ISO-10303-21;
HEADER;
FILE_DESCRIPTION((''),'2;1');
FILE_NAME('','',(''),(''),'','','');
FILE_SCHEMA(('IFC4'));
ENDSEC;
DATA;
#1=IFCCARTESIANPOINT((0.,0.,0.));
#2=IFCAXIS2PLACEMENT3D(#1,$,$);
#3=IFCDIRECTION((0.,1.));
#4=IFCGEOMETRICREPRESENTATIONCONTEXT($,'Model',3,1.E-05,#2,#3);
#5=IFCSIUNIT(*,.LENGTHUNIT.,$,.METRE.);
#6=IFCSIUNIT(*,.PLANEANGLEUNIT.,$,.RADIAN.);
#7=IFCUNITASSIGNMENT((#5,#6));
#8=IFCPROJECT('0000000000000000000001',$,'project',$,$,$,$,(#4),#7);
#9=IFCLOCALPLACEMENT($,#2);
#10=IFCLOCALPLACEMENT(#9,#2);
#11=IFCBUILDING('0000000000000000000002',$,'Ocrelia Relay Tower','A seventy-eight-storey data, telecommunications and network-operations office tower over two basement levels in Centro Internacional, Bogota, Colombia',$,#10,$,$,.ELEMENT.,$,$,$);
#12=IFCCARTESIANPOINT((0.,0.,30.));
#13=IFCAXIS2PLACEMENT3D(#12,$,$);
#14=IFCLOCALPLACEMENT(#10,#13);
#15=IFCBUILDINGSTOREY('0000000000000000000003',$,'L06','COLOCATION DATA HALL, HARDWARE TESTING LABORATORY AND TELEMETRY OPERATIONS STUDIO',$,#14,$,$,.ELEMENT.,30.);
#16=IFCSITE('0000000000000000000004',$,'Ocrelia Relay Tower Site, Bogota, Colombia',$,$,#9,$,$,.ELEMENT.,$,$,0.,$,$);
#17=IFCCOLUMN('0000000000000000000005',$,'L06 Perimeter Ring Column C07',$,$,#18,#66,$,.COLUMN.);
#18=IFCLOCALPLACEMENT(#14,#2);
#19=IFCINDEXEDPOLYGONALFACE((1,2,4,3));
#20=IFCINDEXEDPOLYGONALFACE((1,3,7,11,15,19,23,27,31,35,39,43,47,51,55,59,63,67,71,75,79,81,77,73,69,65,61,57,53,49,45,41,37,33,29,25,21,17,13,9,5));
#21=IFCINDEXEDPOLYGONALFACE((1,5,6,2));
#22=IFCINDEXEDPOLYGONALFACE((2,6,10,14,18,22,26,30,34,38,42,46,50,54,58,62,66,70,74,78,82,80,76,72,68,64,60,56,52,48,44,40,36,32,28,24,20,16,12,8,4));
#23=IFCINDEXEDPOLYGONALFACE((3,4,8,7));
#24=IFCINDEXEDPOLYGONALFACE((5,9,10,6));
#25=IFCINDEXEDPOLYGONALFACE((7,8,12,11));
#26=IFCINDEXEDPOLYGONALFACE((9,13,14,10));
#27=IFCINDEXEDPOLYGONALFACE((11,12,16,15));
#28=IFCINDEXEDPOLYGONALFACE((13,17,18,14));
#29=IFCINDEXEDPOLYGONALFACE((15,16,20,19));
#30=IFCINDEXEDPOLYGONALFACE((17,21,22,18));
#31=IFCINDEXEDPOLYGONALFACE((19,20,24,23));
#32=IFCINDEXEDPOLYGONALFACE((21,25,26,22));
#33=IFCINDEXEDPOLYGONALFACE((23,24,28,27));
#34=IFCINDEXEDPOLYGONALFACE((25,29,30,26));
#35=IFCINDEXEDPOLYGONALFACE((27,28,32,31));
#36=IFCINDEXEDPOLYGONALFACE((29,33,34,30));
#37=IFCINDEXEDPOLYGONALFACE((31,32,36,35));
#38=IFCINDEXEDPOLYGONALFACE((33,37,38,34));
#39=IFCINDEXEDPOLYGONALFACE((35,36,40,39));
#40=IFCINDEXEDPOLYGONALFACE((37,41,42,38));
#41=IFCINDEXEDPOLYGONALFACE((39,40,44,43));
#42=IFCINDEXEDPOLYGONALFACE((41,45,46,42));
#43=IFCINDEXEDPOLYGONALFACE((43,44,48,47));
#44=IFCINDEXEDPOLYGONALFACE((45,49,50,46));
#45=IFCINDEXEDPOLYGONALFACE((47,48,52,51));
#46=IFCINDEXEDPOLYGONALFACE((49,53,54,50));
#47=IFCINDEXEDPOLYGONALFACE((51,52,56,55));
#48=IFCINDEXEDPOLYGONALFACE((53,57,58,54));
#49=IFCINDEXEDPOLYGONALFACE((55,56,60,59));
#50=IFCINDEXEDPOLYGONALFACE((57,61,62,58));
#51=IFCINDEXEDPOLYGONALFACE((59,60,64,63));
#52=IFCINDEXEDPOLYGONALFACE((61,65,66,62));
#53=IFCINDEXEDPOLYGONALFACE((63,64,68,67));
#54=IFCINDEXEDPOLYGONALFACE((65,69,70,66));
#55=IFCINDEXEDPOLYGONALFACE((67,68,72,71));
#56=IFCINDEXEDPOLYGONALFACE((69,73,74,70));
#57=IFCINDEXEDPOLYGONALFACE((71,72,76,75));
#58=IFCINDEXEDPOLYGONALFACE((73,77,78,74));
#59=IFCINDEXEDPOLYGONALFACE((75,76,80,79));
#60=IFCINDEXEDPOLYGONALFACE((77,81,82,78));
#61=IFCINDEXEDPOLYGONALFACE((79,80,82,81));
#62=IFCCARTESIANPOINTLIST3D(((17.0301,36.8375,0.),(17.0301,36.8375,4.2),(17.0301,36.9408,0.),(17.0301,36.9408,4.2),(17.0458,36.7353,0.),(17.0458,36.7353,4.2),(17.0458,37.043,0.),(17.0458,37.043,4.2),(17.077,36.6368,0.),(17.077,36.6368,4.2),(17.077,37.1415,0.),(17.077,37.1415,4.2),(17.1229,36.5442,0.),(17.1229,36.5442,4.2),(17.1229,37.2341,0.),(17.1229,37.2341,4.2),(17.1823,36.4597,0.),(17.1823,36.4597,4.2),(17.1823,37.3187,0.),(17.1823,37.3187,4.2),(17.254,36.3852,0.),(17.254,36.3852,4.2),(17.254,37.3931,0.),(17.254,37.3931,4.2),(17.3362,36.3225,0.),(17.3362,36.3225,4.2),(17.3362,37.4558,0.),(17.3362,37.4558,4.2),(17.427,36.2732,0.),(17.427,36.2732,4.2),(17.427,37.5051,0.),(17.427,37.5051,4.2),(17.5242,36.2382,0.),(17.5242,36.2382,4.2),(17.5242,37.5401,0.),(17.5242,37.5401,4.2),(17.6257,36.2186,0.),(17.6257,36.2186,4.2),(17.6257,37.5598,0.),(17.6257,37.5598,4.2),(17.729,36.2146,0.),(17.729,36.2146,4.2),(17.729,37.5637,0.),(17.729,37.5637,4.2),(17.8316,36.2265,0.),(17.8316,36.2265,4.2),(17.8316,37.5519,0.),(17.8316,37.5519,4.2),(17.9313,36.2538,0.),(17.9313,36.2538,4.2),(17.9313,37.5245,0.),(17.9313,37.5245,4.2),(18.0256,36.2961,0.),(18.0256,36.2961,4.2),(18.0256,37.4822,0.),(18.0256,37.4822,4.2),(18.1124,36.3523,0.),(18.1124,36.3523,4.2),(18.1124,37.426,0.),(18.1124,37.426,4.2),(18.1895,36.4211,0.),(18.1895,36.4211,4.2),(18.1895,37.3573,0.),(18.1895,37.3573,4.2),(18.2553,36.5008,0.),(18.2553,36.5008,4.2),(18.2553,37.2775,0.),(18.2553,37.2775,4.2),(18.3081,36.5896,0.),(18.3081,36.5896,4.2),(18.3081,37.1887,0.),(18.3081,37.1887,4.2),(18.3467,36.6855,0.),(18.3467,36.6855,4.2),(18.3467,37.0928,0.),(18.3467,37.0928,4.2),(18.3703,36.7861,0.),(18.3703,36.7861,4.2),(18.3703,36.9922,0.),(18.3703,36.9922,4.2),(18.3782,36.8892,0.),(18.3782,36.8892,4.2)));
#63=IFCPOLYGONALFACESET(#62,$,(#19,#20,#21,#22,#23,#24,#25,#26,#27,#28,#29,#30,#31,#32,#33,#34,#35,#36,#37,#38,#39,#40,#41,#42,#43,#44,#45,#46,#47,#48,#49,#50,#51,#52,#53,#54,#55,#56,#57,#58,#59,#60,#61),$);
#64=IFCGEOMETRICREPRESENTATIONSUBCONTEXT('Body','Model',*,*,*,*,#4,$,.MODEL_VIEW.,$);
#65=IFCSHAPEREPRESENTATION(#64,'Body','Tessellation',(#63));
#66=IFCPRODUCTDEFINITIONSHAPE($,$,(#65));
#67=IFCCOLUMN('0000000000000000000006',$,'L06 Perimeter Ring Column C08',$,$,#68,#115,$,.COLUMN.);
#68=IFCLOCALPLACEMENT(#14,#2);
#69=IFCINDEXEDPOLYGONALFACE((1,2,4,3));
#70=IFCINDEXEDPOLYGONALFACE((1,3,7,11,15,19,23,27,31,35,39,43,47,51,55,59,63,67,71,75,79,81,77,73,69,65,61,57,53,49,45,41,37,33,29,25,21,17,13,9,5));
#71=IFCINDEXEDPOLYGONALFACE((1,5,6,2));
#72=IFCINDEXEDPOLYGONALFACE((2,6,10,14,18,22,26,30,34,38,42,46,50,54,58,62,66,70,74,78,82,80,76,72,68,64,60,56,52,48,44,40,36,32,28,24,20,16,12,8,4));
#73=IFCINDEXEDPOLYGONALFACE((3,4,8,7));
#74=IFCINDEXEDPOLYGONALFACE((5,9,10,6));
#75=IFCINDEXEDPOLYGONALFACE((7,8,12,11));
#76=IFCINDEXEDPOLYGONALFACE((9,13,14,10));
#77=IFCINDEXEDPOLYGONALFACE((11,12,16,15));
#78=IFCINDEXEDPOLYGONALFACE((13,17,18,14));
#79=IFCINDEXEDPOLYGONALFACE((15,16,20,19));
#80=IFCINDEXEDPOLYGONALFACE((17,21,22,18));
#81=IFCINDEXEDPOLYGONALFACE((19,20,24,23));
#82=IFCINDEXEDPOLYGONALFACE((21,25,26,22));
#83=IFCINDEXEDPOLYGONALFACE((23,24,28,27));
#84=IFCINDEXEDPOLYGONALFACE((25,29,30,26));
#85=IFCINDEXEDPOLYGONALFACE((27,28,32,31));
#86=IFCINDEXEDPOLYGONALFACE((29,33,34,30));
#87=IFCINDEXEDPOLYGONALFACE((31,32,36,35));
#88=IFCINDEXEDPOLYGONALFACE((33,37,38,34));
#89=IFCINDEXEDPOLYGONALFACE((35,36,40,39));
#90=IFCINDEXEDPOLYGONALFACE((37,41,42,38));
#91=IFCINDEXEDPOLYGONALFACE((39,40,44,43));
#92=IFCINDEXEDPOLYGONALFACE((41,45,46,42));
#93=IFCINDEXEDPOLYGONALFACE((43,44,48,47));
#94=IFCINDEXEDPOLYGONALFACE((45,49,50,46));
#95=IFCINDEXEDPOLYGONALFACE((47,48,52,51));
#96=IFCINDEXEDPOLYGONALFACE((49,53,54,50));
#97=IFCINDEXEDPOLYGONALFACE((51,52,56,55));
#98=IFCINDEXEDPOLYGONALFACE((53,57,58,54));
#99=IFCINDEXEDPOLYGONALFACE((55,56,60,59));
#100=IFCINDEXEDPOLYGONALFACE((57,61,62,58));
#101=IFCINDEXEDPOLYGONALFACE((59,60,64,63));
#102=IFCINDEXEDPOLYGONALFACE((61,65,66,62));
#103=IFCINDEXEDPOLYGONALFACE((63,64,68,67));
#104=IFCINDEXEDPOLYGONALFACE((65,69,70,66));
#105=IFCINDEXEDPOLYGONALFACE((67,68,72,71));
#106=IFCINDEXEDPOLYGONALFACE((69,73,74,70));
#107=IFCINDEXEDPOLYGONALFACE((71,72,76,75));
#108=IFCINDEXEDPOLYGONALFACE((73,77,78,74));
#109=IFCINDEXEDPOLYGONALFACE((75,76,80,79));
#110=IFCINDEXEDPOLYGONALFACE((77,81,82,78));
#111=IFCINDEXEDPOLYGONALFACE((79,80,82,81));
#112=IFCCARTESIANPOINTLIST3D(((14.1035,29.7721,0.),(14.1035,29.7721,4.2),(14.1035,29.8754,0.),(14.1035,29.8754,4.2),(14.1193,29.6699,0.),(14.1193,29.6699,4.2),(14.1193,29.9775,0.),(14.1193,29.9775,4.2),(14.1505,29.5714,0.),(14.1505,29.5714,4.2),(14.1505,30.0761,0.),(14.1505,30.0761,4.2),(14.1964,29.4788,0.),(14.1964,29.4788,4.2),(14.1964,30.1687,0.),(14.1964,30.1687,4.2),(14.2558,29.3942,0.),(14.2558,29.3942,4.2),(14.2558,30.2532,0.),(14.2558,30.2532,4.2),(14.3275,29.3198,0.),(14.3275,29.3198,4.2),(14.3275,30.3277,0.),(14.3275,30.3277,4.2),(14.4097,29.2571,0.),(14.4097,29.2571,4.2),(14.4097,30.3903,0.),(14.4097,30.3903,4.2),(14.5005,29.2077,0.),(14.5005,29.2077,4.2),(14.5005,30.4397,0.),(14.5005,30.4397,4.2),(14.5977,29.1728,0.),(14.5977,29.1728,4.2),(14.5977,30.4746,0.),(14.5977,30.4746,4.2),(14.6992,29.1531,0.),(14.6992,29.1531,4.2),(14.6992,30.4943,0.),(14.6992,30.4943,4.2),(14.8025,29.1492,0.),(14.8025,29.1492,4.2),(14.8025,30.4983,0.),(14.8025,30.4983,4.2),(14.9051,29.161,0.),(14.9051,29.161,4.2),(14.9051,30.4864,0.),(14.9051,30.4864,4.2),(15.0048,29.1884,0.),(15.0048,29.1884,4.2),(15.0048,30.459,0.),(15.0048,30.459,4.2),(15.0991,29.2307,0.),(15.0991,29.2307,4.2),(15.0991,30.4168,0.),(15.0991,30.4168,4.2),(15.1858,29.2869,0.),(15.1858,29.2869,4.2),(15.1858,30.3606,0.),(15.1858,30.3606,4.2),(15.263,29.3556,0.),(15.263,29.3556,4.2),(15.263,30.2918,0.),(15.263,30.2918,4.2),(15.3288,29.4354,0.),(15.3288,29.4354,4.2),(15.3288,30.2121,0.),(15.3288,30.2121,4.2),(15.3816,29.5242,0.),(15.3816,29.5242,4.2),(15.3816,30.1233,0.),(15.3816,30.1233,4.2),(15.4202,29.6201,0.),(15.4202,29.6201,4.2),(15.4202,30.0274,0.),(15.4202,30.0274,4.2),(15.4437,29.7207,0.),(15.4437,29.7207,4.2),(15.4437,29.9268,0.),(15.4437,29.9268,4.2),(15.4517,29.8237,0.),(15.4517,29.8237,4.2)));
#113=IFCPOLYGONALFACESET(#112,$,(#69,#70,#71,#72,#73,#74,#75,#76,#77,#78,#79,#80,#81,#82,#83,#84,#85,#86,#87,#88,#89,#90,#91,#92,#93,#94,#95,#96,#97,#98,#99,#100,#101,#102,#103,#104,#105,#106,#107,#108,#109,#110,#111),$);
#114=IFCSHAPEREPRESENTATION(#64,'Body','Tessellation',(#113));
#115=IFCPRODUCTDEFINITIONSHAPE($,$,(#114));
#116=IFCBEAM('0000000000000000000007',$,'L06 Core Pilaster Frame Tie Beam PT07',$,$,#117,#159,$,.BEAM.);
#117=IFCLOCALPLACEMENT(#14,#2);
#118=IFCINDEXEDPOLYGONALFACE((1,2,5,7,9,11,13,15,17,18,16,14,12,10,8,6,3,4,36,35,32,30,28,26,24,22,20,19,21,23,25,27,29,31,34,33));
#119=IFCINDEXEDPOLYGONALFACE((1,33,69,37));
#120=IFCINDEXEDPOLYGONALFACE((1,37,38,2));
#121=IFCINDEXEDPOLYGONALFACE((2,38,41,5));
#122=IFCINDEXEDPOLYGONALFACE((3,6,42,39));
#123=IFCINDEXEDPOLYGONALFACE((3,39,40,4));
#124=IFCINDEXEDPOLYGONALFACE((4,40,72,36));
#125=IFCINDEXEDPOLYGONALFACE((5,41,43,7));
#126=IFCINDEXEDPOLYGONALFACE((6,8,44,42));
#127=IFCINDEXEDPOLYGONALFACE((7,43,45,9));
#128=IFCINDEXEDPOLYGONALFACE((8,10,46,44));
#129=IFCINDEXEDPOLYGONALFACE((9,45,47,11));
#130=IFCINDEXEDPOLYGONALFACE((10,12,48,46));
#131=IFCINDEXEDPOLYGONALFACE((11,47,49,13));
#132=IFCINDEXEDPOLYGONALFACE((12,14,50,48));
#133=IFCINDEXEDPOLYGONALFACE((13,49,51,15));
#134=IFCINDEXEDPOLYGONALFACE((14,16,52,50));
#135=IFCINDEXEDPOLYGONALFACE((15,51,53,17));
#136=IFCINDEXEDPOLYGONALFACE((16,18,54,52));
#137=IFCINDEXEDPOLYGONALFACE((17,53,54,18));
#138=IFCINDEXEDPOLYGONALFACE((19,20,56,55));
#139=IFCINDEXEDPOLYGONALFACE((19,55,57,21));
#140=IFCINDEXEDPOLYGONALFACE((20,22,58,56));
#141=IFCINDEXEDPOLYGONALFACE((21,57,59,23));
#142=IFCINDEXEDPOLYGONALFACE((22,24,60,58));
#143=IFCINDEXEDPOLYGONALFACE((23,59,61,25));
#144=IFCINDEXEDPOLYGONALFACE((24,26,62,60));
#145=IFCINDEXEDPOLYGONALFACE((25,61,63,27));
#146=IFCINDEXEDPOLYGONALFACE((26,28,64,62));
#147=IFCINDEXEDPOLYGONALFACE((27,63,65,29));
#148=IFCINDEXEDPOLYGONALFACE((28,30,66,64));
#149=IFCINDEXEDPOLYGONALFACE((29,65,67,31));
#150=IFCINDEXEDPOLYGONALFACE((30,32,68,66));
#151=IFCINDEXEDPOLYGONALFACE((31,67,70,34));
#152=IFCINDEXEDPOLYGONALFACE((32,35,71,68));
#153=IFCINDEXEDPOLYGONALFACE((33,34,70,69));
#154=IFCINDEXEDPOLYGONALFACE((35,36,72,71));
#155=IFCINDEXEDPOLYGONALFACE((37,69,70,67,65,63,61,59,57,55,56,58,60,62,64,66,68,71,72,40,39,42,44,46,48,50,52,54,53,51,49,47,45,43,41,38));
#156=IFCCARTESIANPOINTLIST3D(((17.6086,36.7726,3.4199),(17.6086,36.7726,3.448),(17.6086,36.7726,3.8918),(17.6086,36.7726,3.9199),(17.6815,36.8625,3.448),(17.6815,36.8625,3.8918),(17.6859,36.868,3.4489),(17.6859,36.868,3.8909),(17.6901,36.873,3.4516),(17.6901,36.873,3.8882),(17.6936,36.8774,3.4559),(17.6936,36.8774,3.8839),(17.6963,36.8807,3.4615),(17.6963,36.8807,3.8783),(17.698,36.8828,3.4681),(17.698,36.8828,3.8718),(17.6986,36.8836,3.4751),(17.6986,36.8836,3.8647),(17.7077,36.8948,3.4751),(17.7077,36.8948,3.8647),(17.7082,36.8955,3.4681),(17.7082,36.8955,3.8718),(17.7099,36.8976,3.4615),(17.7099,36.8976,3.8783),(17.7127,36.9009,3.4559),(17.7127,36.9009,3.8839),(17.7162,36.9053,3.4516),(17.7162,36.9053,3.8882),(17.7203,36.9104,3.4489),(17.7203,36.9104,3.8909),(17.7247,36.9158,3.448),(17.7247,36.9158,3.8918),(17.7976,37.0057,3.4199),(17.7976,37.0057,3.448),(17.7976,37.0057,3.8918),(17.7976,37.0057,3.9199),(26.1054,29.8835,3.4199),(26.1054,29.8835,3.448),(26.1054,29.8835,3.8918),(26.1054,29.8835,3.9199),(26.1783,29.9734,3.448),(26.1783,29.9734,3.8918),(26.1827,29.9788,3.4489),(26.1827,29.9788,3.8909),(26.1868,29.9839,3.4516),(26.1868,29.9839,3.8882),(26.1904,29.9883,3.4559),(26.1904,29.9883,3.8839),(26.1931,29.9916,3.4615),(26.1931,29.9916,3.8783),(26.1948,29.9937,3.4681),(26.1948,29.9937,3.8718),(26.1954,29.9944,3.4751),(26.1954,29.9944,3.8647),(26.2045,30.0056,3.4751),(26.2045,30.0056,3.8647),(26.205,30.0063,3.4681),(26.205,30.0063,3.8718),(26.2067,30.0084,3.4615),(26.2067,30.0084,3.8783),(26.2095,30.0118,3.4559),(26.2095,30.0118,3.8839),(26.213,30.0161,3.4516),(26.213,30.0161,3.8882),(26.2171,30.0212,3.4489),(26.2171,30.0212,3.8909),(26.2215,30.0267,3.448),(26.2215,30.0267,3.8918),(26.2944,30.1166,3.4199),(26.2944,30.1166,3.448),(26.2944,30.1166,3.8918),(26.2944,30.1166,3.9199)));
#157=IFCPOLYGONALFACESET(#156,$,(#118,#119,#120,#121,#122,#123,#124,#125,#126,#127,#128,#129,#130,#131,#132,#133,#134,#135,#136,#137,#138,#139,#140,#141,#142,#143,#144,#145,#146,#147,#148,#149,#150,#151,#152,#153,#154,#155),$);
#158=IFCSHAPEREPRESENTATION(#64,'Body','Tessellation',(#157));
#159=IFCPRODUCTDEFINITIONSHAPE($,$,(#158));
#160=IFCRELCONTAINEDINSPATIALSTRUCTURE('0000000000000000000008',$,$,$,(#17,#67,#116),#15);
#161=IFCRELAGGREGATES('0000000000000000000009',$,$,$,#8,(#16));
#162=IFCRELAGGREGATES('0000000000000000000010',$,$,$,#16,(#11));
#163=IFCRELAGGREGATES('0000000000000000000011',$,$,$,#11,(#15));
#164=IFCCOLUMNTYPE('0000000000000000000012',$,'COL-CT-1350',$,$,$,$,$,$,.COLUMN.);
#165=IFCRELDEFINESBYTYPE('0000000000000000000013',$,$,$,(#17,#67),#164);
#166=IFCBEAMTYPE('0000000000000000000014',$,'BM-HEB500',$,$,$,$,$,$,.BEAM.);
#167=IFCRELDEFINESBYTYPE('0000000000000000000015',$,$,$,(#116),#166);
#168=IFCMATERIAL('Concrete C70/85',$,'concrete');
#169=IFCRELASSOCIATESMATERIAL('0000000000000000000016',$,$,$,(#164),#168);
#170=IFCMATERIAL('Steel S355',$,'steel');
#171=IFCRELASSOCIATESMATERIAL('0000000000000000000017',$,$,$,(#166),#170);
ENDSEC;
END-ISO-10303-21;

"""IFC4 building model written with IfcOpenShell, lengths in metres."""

from ifc_helpers import new_model, si_unit, direction, frame, origin, origin_2d, place, context, subcontext, project, spatial, circle, i_section, extrude, material, material_profile, profile_set, type_object, element, save


model = new_model("IFC4")

# Units and contexts
model_context = context("Model", 3, precision=1e-05, world=origin(), true_north=direction((0.0, 1.0)))
body_context = subcontext(model_context, "Body", "Model", "MODEL_VIEW")
ifc_project = project(units=[si_unit("LENGTHUNIT", "METRE"), si_unit("PLANEANGLEUNIT", "RADIAN")], contexts=[model_context])

# Site, building, storey
site_placement = place(None, origin())
site = spatial("IfcSite", under=ifc_project, at=site_placement, Name="Ocrelia Relay Tower Site, Bogota, Colombia", CompositionType="ELEMENT", RefElevation=0.0)
building_placement = place(site_placement, origin())
building = spatial("IfcBuilding", under=site, at=building_placement, Name="Ocrelia Relay Tower", Description="A seventy-eight-storey data, telecommunications and network-operations office tower over two basement levels in Centro Internacional, Bogota, Colombia", CompositionType="ELEMENT")
storey_placement = place(building_placement, frame((0.0, 0.0, 30.0)))
storey = spatial("IfcBuildingStorey", under=building, at=storey_placement, Name="L06", Description="COLOCATION DATA HALL, HARDWARE TESTING LABORATORY AND TELEMETRY OPERATIONS STUDIO", CompositionType="ELEMENT", Elevation=30.0)

# Columns
ifc_material_1 = material(Name="Concrete C70/85", Category="concrete")
ifc_material_profile_1 = material_profile(ifc_material_1, circle(Radius=0.675, at=origin_2d()), Name="RC-CIR-1350")
ifc_profile_set_1 = profile_set([ifc_material_profile_1], Name="Concrete C70/85")
column_type = type_object("IfcColumnType", Name="COL-CT-1350", PredefinedType="COLUMN", material=ifc_profile_set_1)
for number, where, z_axis, x_axis, name in (
    (1, (17.7031, 36.8892, 0.0), (0.0, 0.0, 1.0), (1.0, 0.0, 0.0), "L06 Perimeter Ring Column C07"),
    (2, (14.7766, 29.8237, 0.0), (0.0, 0.0, 1.0), (1.0, 0.0, 0.0), "L06 Perimeter Ring Column C08"),
):
    element("IfcColumn", number, at=place(storey_placement, frame(where, z_axis=z_axis, x_axis=x_axis)), inside=storey, type_object=column_type, Name=name, PredefinedType="COLUMN", context=body_context, shape_type="SweptSolid", body=[
        extrude(circle(Radius=0.675, at=origin_2d()), origin(), (0.0, 0.0, 1.0), 4.2),
    ])

# Beam
ifc_material_2 = material(Name="Steel S355", Category="steel")
ifc_material_profile_2 = material_profile(ifc_material_2, i_section(OverallWidth=0.3, OverallDepth=0.5, WebThickness=0.0144, FlangeThickness=0.0281, FilletRadius=0.0271, at=origin_2d()), Name="HEB 500")
ifc_profile_set_2 = profile_set([ifc_material_profile_2], Name="Steel S355")
beam_type_1 = type_object("IfcBeamType", Name="BM-HEB500", PredefinedType="BEAM", material=ifc_profile_set_2)
beam_1_placement = place(storey_placement, frame((17.7031, 36.8892, 3.6699), z_axis=(0.776763, -0.629793, 0.0), x_axis=(0.629793, 0.776763, 0.0)))
element("IfcBeam", 3, at=beam_1_placement, inside=storey, type_object=beam_type_1, Name="L06 Core Pilaster Frame Tie Beam PT07", PredefinedType="BEAM", context=body_context, shape_type="SweptSolid", body=[
    extrude(i_section(OverallWidth=0.3, OverallDepth=0.5, WebThickness=0.0144, FlangeThickness=0.0281, FilletRadius=0.0271, at=origin_2d()), origin(), (0.0, 0.0, 1.0), 10.9387),
])

save(model, "model.ifc")
